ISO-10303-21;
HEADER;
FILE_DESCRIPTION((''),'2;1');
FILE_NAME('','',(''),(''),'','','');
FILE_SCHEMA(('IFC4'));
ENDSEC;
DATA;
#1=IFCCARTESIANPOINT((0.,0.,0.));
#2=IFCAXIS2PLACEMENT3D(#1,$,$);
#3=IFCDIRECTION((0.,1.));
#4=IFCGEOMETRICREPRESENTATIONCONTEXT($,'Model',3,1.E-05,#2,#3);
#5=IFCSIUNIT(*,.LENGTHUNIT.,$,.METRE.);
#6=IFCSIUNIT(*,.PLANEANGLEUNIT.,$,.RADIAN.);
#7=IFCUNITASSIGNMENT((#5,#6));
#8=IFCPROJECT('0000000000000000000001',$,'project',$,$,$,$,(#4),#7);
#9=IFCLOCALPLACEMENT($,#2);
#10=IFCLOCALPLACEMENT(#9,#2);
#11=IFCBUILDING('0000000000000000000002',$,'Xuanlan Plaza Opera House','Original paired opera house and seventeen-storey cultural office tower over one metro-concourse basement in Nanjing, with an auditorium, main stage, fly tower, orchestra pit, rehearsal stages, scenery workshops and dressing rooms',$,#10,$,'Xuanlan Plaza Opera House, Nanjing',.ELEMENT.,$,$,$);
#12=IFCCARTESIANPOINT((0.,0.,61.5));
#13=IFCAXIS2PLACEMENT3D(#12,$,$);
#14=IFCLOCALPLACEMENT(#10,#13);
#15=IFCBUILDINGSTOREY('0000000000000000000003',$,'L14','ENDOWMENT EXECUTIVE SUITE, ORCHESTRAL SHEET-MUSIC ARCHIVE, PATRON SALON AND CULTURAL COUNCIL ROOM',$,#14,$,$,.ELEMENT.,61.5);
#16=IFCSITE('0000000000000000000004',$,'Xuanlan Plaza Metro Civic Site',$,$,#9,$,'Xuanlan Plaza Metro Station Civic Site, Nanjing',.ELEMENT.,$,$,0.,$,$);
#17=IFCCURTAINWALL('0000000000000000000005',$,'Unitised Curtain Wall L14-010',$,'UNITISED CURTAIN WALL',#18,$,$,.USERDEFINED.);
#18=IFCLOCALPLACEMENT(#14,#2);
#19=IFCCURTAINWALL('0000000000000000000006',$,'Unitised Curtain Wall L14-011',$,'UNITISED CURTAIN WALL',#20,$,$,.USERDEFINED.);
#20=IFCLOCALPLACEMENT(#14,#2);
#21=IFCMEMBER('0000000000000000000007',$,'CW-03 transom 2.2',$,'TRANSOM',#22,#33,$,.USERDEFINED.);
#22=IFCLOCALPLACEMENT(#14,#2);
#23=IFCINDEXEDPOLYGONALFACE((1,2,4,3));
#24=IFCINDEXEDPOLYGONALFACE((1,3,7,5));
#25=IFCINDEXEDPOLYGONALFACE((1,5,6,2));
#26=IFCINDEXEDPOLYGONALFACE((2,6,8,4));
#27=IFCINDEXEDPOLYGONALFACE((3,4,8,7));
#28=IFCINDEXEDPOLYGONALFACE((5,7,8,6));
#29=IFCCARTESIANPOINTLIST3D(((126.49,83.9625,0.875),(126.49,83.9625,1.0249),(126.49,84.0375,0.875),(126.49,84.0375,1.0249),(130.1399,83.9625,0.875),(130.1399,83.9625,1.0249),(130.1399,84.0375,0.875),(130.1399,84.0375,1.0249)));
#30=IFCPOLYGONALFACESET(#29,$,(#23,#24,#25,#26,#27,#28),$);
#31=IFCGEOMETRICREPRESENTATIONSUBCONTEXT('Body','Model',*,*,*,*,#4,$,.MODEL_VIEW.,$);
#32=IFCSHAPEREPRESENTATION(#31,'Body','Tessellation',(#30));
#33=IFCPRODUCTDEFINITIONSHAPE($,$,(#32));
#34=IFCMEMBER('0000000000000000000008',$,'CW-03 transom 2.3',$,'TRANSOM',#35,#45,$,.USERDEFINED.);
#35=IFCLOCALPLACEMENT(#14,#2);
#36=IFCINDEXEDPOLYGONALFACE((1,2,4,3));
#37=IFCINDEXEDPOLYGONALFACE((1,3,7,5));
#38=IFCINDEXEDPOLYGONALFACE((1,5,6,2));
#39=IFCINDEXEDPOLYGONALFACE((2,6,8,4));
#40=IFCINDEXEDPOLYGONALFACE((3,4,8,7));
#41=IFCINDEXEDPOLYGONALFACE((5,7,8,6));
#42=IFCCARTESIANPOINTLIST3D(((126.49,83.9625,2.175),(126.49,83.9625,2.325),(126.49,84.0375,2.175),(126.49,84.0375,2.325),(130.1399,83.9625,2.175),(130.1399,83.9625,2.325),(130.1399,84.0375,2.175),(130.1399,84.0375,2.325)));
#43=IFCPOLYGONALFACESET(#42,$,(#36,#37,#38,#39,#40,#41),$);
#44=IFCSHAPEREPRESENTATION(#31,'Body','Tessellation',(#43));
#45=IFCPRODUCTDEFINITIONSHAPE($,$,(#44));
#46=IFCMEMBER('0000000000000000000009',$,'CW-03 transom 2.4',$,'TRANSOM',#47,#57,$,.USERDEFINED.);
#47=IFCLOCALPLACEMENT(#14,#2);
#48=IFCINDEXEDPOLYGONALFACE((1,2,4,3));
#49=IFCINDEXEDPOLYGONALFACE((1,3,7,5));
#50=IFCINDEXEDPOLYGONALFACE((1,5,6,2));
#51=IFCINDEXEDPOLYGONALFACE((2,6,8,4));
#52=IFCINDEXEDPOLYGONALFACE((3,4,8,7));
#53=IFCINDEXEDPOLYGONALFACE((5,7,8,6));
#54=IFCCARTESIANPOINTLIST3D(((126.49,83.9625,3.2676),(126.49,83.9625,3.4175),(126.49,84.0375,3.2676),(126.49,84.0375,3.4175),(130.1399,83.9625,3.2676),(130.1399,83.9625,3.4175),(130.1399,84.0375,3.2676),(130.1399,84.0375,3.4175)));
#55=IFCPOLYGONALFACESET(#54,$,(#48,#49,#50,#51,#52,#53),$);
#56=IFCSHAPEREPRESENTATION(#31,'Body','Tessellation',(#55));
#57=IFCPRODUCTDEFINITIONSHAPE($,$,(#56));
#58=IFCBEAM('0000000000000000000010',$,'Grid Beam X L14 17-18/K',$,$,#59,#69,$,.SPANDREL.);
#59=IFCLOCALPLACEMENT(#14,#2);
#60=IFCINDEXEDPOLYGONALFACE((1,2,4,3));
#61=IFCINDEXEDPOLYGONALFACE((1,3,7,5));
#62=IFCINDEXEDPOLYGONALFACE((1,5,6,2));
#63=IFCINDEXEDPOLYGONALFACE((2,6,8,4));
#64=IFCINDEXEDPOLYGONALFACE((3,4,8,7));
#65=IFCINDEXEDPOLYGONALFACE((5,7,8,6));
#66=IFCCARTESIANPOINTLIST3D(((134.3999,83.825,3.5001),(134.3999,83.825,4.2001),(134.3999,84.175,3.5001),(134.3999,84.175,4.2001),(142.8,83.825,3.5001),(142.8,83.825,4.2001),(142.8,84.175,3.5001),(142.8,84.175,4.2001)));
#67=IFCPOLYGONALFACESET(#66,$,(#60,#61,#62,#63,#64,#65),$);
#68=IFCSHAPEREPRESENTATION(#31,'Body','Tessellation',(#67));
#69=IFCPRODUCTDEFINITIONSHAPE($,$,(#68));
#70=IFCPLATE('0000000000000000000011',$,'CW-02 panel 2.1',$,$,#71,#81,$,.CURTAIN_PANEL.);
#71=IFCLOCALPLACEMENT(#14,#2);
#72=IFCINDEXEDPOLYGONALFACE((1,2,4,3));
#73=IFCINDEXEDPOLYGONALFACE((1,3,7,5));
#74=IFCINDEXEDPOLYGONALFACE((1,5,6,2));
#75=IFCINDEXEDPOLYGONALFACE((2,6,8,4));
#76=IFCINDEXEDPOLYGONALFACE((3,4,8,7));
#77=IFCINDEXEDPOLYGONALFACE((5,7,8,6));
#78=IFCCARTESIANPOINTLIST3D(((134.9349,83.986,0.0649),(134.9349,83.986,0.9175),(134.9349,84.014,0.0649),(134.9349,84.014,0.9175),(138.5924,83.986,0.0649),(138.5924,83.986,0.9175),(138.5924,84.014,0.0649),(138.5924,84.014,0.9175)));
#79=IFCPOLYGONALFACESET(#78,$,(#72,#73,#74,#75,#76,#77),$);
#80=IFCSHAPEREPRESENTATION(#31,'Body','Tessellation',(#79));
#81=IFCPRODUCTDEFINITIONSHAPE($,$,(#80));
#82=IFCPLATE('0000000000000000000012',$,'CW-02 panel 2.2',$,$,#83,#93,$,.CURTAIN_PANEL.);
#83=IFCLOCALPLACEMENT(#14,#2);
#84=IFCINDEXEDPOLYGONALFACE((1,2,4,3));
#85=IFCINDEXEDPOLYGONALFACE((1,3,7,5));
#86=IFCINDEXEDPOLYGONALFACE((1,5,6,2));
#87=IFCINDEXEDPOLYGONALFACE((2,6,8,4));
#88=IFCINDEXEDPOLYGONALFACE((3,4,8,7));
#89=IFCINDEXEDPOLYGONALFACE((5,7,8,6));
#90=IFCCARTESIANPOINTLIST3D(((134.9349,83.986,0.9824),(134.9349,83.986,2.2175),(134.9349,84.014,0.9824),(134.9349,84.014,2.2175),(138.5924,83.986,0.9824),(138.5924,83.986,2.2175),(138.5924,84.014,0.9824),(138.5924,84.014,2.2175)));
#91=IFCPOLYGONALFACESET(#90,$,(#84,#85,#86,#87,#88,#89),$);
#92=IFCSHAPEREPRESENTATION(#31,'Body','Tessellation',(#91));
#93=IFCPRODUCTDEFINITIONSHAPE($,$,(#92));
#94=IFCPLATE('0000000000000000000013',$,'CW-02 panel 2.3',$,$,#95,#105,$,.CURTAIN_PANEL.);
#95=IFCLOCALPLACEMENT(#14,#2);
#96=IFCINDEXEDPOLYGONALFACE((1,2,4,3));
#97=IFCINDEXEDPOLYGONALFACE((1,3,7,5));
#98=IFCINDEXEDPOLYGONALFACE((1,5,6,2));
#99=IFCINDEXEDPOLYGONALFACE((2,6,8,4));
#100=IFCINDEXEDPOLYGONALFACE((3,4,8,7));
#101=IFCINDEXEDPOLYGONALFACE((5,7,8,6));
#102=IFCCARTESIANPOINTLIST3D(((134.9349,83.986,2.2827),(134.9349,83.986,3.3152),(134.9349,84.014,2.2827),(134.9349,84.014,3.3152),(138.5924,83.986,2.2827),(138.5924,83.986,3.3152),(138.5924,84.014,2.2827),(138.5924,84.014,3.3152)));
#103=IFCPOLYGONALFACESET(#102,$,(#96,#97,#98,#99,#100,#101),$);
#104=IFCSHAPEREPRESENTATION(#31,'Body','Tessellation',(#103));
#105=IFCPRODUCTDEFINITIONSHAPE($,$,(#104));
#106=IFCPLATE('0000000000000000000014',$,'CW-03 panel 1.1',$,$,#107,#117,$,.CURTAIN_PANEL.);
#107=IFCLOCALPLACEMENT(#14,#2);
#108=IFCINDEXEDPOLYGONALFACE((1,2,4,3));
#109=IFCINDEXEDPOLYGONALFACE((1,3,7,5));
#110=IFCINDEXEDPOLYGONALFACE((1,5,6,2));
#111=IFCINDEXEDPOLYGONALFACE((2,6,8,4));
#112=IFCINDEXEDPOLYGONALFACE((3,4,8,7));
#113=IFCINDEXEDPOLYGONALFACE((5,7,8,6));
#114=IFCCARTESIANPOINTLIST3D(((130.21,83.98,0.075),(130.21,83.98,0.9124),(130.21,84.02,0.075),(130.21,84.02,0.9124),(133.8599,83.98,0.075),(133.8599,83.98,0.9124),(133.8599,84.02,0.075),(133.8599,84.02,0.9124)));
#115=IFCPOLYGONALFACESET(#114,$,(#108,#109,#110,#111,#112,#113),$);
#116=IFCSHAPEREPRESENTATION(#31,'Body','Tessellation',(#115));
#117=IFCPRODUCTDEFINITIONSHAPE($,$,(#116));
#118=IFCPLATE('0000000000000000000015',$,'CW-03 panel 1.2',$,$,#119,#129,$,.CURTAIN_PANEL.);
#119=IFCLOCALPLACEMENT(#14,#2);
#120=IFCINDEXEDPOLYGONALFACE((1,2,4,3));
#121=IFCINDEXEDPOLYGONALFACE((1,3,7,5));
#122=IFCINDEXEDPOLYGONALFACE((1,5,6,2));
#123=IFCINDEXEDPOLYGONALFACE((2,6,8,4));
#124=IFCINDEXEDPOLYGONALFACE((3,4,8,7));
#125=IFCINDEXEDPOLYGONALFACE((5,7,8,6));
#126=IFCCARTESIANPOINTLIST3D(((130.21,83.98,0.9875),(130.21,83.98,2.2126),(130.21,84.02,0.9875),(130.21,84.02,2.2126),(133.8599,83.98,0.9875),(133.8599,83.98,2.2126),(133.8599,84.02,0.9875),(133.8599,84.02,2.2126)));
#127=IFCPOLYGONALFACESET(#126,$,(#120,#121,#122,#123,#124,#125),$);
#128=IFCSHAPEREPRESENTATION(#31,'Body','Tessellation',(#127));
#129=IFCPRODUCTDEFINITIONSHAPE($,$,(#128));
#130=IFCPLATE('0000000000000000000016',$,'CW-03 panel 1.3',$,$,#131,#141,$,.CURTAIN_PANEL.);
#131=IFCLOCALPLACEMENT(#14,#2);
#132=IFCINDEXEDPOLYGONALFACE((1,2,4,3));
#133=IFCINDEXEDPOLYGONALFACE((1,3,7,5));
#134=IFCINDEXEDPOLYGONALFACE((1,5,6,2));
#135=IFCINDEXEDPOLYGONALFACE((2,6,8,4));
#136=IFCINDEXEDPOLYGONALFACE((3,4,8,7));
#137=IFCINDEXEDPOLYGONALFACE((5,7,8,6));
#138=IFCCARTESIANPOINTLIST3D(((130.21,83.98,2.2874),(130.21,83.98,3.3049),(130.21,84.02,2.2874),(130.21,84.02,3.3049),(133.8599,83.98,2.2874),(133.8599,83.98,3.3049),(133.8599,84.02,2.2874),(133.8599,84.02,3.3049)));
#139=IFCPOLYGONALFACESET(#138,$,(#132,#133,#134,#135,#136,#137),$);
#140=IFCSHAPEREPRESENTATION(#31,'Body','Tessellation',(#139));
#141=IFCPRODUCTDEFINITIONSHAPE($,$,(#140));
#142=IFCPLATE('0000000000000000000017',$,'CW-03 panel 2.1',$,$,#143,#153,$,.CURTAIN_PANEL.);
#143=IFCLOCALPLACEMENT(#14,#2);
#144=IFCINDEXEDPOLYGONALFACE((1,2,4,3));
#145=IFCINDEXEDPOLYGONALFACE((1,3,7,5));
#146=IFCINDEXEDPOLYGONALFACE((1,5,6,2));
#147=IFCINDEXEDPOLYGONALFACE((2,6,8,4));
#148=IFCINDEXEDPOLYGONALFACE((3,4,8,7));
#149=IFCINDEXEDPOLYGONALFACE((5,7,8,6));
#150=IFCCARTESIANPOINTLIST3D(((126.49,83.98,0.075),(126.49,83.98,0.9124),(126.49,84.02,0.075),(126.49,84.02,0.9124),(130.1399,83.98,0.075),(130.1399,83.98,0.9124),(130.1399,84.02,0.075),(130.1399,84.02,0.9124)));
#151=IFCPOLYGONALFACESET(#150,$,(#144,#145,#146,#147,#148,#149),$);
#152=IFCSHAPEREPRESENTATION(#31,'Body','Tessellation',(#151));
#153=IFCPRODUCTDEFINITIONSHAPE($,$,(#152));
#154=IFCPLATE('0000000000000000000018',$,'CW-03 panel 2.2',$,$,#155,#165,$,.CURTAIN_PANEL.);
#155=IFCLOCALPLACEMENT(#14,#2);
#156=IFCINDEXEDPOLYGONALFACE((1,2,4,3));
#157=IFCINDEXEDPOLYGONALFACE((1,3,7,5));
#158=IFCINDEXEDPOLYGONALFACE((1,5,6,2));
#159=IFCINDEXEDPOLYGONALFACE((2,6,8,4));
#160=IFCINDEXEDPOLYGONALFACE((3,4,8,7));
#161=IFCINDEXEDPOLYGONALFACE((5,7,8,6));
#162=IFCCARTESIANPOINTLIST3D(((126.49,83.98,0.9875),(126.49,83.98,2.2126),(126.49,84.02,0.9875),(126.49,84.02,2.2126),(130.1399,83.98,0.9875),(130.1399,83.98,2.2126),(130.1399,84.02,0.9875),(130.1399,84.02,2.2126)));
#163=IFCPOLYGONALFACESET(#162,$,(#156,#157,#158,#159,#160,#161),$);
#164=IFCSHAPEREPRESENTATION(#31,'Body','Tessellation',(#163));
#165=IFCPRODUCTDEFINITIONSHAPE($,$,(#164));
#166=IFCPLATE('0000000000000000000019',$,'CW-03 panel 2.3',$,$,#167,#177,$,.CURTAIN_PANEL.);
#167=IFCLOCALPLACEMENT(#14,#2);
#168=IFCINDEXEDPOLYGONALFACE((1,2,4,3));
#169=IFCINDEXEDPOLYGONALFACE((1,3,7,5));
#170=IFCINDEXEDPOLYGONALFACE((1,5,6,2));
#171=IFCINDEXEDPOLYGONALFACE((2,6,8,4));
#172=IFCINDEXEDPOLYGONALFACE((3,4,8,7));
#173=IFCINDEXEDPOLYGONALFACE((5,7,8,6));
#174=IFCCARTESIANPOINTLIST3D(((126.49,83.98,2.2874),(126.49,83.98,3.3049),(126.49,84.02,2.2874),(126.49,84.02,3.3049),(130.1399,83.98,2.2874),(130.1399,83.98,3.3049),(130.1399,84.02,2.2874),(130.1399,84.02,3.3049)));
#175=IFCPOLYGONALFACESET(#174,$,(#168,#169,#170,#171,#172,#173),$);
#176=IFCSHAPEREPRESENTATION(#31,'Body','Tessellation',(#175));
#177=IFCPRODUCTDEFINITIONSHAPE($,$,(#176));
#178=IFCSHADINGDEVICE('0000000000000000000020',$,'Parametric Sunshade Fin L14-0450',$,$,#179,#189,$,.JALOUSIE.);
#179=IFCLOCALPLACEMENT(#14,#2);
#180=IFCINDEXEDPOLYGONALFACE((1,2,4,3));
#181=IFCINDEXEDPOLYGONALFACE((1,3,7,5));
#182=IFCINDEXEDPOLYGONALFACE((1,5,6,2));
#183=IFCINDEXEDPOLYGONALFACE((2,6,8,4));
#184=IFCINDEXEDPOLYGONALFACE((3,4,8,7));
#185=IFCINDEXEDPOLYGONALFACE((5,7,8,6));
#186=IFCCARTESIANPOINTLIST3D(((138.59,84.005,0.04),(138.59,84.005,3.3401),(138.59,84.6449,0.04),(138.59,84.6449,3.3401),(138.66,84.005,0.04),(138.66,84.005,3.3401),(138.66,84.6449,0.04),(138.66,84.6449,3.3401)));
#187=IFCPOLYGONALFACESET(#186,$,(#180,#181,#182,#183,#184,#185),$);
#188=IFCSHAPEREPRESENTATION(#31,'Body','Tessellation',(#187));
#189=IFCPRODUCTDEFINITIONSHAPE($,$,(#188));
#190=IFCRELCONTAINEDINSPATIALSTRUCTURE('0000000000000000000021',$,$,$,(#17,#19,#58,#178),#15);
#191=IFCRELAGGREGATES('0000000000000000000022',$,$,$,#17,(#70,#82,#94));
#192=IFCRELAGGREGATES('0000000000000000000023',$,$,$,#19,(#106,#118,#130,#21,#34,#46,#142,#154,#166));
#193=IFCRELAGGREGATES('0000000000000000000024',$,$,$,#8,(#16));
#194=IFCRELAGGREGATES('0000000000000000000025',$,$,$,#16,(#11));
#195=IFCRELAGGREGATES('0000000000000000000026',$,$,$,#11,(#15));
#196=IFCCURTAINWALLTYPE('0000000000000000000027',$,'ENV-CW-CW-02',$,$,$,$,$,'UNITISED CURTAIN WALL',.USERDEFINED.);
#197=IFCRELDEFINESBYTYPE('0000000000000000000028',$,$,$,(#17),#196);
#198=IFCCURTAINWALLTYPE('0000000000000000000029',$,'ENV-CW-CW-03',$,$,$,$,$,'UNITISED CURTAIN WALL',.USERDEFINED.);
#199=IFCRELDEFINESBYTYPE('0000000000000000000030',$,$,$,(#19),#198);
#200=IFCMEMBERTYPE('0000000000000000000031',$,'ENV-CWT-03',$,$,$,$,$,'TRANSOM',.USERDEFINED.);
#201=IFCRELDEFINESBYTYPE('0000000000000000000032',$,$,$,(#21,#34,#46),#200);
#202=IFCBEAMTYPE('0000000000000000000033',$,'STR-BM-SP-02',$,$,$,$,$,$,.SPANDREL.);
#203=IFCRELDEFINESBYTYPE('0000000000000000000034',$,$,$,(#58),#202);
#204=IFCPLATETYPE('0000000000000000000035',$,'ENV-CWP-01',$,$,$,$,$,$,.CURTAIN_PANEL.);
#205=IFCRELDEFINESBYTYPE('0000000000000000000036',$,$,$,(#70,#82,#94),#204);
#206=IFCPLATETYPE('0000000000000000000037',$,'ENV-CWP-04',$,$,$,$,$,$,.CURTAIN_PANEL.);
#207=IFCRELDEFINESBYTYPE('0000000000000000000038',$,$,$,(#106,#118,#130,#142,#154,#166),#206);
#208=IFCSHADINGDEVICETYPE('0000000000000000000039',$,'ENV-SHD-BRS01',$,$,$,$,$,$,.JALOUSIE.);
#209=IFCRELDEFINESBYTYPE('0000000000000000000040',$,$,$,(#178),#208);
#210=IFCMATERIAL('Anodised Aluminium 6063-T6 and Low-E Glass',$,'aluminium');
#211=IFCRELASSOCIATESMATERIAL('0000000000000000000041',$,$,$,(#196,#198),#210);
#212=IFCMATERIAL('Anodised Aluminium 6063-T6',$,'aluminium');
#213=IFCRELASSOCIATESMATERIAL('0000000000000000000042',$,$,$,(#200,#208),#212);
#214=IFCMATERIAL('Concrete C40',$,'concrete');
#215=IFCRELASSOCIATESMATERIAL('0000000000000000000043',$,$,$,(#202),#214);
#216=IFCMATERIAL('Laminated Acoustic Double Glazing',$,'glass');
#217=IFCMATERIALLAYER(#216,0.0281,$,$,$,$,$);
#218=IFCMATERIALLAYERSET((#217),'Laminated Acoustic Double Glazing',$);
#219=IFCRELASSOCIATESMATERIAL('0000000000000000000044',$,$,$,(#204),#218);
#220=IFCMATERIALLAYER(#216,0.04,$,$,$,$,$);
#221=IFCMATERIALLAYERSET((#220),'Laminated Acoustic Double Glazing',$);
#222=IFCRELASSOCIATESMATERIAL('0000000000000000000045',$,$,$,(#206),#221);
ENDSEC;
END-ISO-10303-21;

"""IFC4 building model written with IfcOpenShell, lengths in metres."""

from ifc_helpers import new_model, si_unit, direction, frame, origin, origin_2d, place, context, subcontext, project, spatial, rectangle, extrude, material, layer, layer_set, material_profile, profile_set, type_object, element, aggregate, save


model = new_model("IFC4")

# Units and contexts
model_context = context("Model", 3, precision=1e-05, world=origin(), true_north=direction((0.0, 1.0)))
body_context = subcontext(model_context, "Body", "Model", "MODEL_VIEW")
ifc_project = project(units=[si_unit("LENGTHUNIT", "METRE"), si_unit("PLANEANGLEUNIT", "RADIAN")], contexts=[model_context])

# Site, building, storey
site_placement = place(None, origin())
site = spatial("IfcSite", under=ifc_project, at=site_placement, Name="Xuanlan Plaza Metro Civic Site", LongName="Xuanlan Plaza Metro Station Civic Site, Nanjing", CompositionType="ELEMENT", RefElevation=0.0)
building_placement = place(site_placement, origin())
building = spatial("IfcBuilding", under=site, at=building_placement, Name="Xuanlan Plaza Opera House", Description="Original paired opera house and seventeen-storey cultural office tower over one metro-concourse basement in Nanjing, with an auditorium, main stage, fly tower, orchestra pit, rehearsal stages, scenery workshops and dressing rooms", LongName="Xuanlan Plaza Opera House, Nanjing", CompositionType="ELEMENT")
storey_placement = place(building_placement, frame((0.0, 0.0, 61.5)))
storey = spatial("IfcBuildingStorey", under=building, at=storey_placement, Name="L14", Description="ENDOWMENT EXECUTIVE SUITE, ORCHESTRAL SHEET-MUSIC ARCHIVE, PATRON SALON AND CULTURAL COUNCIL ROOM", CompositionType="ELEMENT", Elevation=61.5)

# Curtain walls
ifc_material_1 = material(Name="Anodised Aluminium 6063-T6 and Low-E Glass", Category="aluminium")
curtain_wall_type_1 = type_object("IfcCurtainWallType", Name="ENV-CW-CW-02", ElementType="UNITISED CURTAIN WALL", PredefinedType="USERDEFINED", material=ifc_material_1)
curtain_wall_1_placement = place(storey_placement, origin())
curtain_wall_1 = element("IfcCurtainWall", 1, at=curtain_wall_1_placement, inside=storey, type_object=curtain_wall_type_1, Name="Unitised Curtain Wall L14-010", ObjectType="UNITISED CURTAIN WALL", PredefinedType="USERDEFINED")
ifc_material_2 = material(Name="Anodised Aluminium 6063-T6", Category="aluminium")
curtain_wall_type_2 = type_object("IfcCurtainWallType", Name="ENV-CW-CW-03", ElementType="UNITISED CURTAIN WALL", PredefinedType="USERDEFINED", material=ifc_material_1)
curtain_wall_2_placement = place(storey_placement, origin())
curtain_wall_2 = element("IfcCurtainWall", 2, at=curtain_wall_2_placement, inside=storey, type_object=curtain_wall_type_2, Name="Unitised Curtain Wall L14-011", ObjectType="UNITISED CURTAIN WALL", PredefinedType="USERDEFINED")

# Members
ifc_material_profile_1 = material_profile(ifc_material_2, rectangle(XDim=0.075, YDim=0.1499, at=origin_2d()), Name="ALU-T 75x150")
ifc_profile_set_1 = profile_set([ifc_material_profile_1], Name="Anodised Aluminium 6063-T6")
member_type_1 = type_object("IfcMemberType", Name="ENV-CWT-03", ElementType="TRANSOM", PredefinedType="USERDEFINED", material=ifc_profile_set_1)
member_1_placement = place(storey_placement, frame((130.1399, 84.0, 0.95), z_axis=(-1.0, 0.0, 0.0), x_axis=(0.0, -1.0, 0.0)))
member_1 = element("IfcMember", 3, at=member_1_placement, type_object=member_type_1, Name="CW-03 transom 2.2", ObjectType="TRANSOM", PredefinedType="USERDEFINED", context=body_context, shape_type="SweptSolid", body=[
    extrude(rectangle(XDim=0.075, YDim=0.1499, at=origin_2d()), origin(), (0.0, 0.0, 1.0), 3.6499),
])
member_2_placement = place(storey_placement, frame((130.1399, 84.0, 2.25), z_axis=(-1.0, 0.0, 0.0), x_axis=(0.0, -1.0, 0.0)))
member_2 = element("IfcMember", 4, at=member_2_placement, type_object=member_type_1, Name="CW-03 transom 2.3", ObjectType="TRANSOM", PredefinedType="USERDEFINED", context=body_context, shape_type="SweptSolid", body=[
    extrude(rectangle(XDim=0.075, YDim=0.1499, at=origin_2d()), origin(), (0.0, 0.0, 1.0), 3.6499),
])
member_3_placement = place(storey_placement, frame((130.1399, 84.0, 3.3425), z_axis=(-1.0, 0.0, 0.0), x_axis=(0.0, -1.0, 0.0)))
member_3 = element("IfcMember", 5, at=member_3_placement, type_object=member_type_1, Name="CW-03 transom 2.4", ObjectType="TRANSOM", PredefinedType="USERDEFINED", context=body_context, shape_type="SweptSolid", body=[
    extrude(rectangle(XDim=0.075, YDim=0.1499, at=origin_2d()), origin(), (0.0, 0.0, 1.0), 3.6499),
])

# Beam
ifc_material_3 = material(Name="Concrete C40", Category="concrete")
ifc_material_profile_2 = material_profile(ifc_material_3, rectangle(XDim=0.3501, YDim=0.7, at=origin_2d()), Name="RC-SPD 350x700")
ifc_profile_set_2 = profile_set([ifc_material_profile_2], Name="Concrete C40")
beam_type = type_object("IfcBeamType", Name="STR-BM-SP-02", PredefinedType="SPANDREL", material=ifc_profile_set_2)
beam_placement = place(storey_placement, frame((134.3999, 84.0, 3.8501), z_axis=(1.0, 0.0, 0.0), x_axis=(0.0, 1.0, 0.0)))
element("IfcBeam", 6, at=beam_placement, inside=storey, type_object=beam_type, Name="Grid Beam X L14 17-18/K", PredefinedType="SPANDREL", context=body_context, shape_type="SweptSolid", body=[
    extrude(rectangle(XDim=0.3501, YDim=0.7, at=origin_2d()), origin(), (0.0, 0.0, 1.0), 8.4001),
])

# Plates
ifc_material_4 = material(Name="Laminated Acoustic Double Glazing", Category="glass")
ifc_layer_1 = layer(ifc_material_4, 0.0281)
ifc_layer_set_1 = layer_set([ifc_layer_1], Name="Laminated Acoustic Double Glazing")
plate_type_1 = type_object("IfcPlateType", Name="ENV-CWP-01", PredefinedType="CURTAIN_PANEL", material=ifc_layer_set_1)
plate_1_placement = place(storey_placement, frame((136.7637, 84.0, 0.0649), z_axis=(0.0, 0.0, 1.0), x_axis=(-1.0, 0.0, 0.0)))
plate_1 = element("IfcPlate", 7, at=plate_1_placement, type_object=plate_type_1, Name="CW-02 panel 2.1", PredefinedType="CURTAIN_PANEL", context=body_context, shape_type="SweptSolid", body=[
    extrude(rectangle(XDim=3.6575, YDim=0.0281, at=origin_2d()), origin(), (0.0, 0.0, 1.0), 0.8525),
])
plate_2_placement = place(storey_placement, frame((136.7637, 84.0, 0.9824), z_axis=(0.0, 0.0, 1.0), x_axis=(-1.0, 0.0, 0.0)))
plate_2 = element("IfcPlate", 8, at=plate_2_placement, type_object=plate_type_1, Name="CW-02 panel 2.2", PredefinedType="CURTAIN_PANEL", context=body_context, shape_type="SweptSolid", body=[
    extrude(rectangle(XDim=3.6575, YDim=0.0281, at=origin_2d()), origin(), (0.0, 0.0, 1.0), 1.2351),
])
plate_3_placement = place(storey_placement, frame((136.7637, 84.0, 2.2827), z_axis=(0.0, 0.0, 1.0), x_axis=(-1.0, 0.0, 0.0)))
plate_3 = element("IfcPlate", 9, at=plate_3_placement, type_object=plate_type_1, Name="CW-02 panel 2.3", PredefinedType="CURTAIN_PANEL", context=body_context, shape_type="SweptSolid", body=[
    extrude(rectangle(XDim=3.6575, YDim=0.0281, at=origin_2d()), origin(), (0.0, 0.0, 1.0), 1.0325),
])
aggregate(curtain_wall_1, [plate_1, plate_2, plate_3])
ifc_layer_2 = layer(ifc_material_4, 0.04)
ifc_layer_set_2 = layer_set([ifc_layer_2], Name="Laminated Acoustic Double Glazing")
plate_type_2 = type_object("IfcPlateType", Name="ENV-CWP-04", PredefinedType="CURTAIN_PANEL", material=ifc_layer_set_2)
plate_4_placement = place(storey_placement, frame((132.0349, 84.0, 0.075), z_axis=(0.0, 0.0, 1.0), x_axis=(-1.0, 0.0, 0.0)))
plate_4 = element("IfcPlate", 10, at=plate_4_placement, type_object=plate_type_2, Name="CW-03 panel 1.1", PredefinedType="CURTAIN_PANEL", context=body_context, shape_type="SweptSolid", body=[
    extrude(rectangle(XDim=3.6499, YDim=0.04, at=origin_2d()), origin(), (0.0, 0.0, 1.0), 0.8374),
])
plate_5_placement = place(storey_placement, frame((132.0349, 84.0, 0.9875), z_axis=(0.0, 0.0, 1.0), x_axis=(-1.0, 0.0, 0.0)))
plate_5 = element("IfcPlate", 11, at=plate_5_placement, type_object=plate_type_2, Name="CW-03 panel 1.2", PredefinedType="CURTAIN_PANEL", context=body_context, shape_type="SweptSolid", body=[
    extrude(rectangle(XDim=3.6499, YDim=0.04, at=origin_2d()), origin(), (0.0, 0.0, 1.0), 1.2251),
])
plate_6_placement = place(storey_placement, frame((132.0349, 84.0, 2.2874), z_axis=(0.0, 0.0, 1.0), x_axis=(-1.0, 0.0, 0.0)))
plate_6 = element("IfcPlate", 12, at=plate_6_placement, type_object=plate_type_2, Name="CW-03 panel 1.3", PredefinedType="CURTAIN_PANEL", context=body_context, shape_type="SweptSolid", body=[
    extrude(rectangle(XDim=3.6499, YDim=0.04, at=origin_2d()), origin(), (0.0, 0.0, 1.0), 1.0176),
])
plate_7_placement = place(storey_placement, frame((128.3149, 84.0, 0.075), z_axis=(0.0, 0.0, 1.0), x_axis=(-1.0, 0.0, 0.0)))
plate_7 = element("IfcPlate", 13, at=plate_7_placement, type_object=plate_type_2, Name="CW-03 panel 2.1", PredefinedType="CURTAIN_PANEL", context=body_context, shape_type="SweptSolid", body=[
    extrude(rectangle(XDim=3.6499, YDim=0.04, at=origin_2d()), origin(), (0.0, 0.0, 1.0), 0.8374),
])
plate_8_placement = place(storey_placement, frame((128.3149, 84.0, 0.9875), z_axis=(0.0, 0.0, 1.0), x_axis=(-1.0, 0.0, 0.0)))
plate_8 = element("IfcPlate", 14, at=plate_8_placement, type_object=plate_type_2, Name="CW-03 panel 2.2", PredefinedType="CURTAIN_PANEL", context=body_context, shape_type="SweptSolid", body=[
    extrude(rectangle(XDim=3.6499, YDim=0.04, at=origin_2d()), origin(), (0.0, 0.0, 1.0), 1.2251),
])
plate_9_placement = place(storey_placement, frame((128.3149, 84.0, 2.2874), z_axis=(0.0, 0.0, 1.0), x_axis=(-1.0, 0.0, 0.0)))
plate_9 = element("IfcPlate", 15, at=plate_9_placement, type_object=plate_type_2, Name="CW-03 panel 2.3", PredefinedType="CURTAIN_PANEL", context=body_context, shape_type="SweptSolid", body=[
    extrude(rectangle(XDim=3.6499, YDim=0.04, at=origin_2d()), origin(), (0.0, 0.0, 1.0), 1.0176),
])
aggregate(curtain_wall_2, [plate_4, plate_5, plate_6, member_1, member_2, member_3, plate_7, plate_8, plate_9])

# Shading device
shading_device_type = type_object("IfcShadingDeviceType", Name="ENV-SHD-BRS01", PredefinedType="JALOUSIE", material=ifc_material_2)
for number, where, z_axis, x_axis, name in (
    (16, (138.625, 84.325, 0.04), (0.0, 0.0, 1.0), (0.0, 1.0, 0.0), "Parametric Sunshade Fin L14-0450"),
):
    element("IfcShadingDevice", number, at=place(storey_placement, frame(where, z_axis=z_axis, x_axis=x_axis)), inside=storey, type_object=shading_device_type, Name=name, PredefinedType="JALOUSIE", context=body_context, shape_type="SweptSolid", body=[
        extrude(rectangle(XDim=0.6399, YDim=0.0701, at=origin_2d()), origin(), (0.0, 0.0, 1.0), 3.3),
    ])

save(model, "model.ifc")
